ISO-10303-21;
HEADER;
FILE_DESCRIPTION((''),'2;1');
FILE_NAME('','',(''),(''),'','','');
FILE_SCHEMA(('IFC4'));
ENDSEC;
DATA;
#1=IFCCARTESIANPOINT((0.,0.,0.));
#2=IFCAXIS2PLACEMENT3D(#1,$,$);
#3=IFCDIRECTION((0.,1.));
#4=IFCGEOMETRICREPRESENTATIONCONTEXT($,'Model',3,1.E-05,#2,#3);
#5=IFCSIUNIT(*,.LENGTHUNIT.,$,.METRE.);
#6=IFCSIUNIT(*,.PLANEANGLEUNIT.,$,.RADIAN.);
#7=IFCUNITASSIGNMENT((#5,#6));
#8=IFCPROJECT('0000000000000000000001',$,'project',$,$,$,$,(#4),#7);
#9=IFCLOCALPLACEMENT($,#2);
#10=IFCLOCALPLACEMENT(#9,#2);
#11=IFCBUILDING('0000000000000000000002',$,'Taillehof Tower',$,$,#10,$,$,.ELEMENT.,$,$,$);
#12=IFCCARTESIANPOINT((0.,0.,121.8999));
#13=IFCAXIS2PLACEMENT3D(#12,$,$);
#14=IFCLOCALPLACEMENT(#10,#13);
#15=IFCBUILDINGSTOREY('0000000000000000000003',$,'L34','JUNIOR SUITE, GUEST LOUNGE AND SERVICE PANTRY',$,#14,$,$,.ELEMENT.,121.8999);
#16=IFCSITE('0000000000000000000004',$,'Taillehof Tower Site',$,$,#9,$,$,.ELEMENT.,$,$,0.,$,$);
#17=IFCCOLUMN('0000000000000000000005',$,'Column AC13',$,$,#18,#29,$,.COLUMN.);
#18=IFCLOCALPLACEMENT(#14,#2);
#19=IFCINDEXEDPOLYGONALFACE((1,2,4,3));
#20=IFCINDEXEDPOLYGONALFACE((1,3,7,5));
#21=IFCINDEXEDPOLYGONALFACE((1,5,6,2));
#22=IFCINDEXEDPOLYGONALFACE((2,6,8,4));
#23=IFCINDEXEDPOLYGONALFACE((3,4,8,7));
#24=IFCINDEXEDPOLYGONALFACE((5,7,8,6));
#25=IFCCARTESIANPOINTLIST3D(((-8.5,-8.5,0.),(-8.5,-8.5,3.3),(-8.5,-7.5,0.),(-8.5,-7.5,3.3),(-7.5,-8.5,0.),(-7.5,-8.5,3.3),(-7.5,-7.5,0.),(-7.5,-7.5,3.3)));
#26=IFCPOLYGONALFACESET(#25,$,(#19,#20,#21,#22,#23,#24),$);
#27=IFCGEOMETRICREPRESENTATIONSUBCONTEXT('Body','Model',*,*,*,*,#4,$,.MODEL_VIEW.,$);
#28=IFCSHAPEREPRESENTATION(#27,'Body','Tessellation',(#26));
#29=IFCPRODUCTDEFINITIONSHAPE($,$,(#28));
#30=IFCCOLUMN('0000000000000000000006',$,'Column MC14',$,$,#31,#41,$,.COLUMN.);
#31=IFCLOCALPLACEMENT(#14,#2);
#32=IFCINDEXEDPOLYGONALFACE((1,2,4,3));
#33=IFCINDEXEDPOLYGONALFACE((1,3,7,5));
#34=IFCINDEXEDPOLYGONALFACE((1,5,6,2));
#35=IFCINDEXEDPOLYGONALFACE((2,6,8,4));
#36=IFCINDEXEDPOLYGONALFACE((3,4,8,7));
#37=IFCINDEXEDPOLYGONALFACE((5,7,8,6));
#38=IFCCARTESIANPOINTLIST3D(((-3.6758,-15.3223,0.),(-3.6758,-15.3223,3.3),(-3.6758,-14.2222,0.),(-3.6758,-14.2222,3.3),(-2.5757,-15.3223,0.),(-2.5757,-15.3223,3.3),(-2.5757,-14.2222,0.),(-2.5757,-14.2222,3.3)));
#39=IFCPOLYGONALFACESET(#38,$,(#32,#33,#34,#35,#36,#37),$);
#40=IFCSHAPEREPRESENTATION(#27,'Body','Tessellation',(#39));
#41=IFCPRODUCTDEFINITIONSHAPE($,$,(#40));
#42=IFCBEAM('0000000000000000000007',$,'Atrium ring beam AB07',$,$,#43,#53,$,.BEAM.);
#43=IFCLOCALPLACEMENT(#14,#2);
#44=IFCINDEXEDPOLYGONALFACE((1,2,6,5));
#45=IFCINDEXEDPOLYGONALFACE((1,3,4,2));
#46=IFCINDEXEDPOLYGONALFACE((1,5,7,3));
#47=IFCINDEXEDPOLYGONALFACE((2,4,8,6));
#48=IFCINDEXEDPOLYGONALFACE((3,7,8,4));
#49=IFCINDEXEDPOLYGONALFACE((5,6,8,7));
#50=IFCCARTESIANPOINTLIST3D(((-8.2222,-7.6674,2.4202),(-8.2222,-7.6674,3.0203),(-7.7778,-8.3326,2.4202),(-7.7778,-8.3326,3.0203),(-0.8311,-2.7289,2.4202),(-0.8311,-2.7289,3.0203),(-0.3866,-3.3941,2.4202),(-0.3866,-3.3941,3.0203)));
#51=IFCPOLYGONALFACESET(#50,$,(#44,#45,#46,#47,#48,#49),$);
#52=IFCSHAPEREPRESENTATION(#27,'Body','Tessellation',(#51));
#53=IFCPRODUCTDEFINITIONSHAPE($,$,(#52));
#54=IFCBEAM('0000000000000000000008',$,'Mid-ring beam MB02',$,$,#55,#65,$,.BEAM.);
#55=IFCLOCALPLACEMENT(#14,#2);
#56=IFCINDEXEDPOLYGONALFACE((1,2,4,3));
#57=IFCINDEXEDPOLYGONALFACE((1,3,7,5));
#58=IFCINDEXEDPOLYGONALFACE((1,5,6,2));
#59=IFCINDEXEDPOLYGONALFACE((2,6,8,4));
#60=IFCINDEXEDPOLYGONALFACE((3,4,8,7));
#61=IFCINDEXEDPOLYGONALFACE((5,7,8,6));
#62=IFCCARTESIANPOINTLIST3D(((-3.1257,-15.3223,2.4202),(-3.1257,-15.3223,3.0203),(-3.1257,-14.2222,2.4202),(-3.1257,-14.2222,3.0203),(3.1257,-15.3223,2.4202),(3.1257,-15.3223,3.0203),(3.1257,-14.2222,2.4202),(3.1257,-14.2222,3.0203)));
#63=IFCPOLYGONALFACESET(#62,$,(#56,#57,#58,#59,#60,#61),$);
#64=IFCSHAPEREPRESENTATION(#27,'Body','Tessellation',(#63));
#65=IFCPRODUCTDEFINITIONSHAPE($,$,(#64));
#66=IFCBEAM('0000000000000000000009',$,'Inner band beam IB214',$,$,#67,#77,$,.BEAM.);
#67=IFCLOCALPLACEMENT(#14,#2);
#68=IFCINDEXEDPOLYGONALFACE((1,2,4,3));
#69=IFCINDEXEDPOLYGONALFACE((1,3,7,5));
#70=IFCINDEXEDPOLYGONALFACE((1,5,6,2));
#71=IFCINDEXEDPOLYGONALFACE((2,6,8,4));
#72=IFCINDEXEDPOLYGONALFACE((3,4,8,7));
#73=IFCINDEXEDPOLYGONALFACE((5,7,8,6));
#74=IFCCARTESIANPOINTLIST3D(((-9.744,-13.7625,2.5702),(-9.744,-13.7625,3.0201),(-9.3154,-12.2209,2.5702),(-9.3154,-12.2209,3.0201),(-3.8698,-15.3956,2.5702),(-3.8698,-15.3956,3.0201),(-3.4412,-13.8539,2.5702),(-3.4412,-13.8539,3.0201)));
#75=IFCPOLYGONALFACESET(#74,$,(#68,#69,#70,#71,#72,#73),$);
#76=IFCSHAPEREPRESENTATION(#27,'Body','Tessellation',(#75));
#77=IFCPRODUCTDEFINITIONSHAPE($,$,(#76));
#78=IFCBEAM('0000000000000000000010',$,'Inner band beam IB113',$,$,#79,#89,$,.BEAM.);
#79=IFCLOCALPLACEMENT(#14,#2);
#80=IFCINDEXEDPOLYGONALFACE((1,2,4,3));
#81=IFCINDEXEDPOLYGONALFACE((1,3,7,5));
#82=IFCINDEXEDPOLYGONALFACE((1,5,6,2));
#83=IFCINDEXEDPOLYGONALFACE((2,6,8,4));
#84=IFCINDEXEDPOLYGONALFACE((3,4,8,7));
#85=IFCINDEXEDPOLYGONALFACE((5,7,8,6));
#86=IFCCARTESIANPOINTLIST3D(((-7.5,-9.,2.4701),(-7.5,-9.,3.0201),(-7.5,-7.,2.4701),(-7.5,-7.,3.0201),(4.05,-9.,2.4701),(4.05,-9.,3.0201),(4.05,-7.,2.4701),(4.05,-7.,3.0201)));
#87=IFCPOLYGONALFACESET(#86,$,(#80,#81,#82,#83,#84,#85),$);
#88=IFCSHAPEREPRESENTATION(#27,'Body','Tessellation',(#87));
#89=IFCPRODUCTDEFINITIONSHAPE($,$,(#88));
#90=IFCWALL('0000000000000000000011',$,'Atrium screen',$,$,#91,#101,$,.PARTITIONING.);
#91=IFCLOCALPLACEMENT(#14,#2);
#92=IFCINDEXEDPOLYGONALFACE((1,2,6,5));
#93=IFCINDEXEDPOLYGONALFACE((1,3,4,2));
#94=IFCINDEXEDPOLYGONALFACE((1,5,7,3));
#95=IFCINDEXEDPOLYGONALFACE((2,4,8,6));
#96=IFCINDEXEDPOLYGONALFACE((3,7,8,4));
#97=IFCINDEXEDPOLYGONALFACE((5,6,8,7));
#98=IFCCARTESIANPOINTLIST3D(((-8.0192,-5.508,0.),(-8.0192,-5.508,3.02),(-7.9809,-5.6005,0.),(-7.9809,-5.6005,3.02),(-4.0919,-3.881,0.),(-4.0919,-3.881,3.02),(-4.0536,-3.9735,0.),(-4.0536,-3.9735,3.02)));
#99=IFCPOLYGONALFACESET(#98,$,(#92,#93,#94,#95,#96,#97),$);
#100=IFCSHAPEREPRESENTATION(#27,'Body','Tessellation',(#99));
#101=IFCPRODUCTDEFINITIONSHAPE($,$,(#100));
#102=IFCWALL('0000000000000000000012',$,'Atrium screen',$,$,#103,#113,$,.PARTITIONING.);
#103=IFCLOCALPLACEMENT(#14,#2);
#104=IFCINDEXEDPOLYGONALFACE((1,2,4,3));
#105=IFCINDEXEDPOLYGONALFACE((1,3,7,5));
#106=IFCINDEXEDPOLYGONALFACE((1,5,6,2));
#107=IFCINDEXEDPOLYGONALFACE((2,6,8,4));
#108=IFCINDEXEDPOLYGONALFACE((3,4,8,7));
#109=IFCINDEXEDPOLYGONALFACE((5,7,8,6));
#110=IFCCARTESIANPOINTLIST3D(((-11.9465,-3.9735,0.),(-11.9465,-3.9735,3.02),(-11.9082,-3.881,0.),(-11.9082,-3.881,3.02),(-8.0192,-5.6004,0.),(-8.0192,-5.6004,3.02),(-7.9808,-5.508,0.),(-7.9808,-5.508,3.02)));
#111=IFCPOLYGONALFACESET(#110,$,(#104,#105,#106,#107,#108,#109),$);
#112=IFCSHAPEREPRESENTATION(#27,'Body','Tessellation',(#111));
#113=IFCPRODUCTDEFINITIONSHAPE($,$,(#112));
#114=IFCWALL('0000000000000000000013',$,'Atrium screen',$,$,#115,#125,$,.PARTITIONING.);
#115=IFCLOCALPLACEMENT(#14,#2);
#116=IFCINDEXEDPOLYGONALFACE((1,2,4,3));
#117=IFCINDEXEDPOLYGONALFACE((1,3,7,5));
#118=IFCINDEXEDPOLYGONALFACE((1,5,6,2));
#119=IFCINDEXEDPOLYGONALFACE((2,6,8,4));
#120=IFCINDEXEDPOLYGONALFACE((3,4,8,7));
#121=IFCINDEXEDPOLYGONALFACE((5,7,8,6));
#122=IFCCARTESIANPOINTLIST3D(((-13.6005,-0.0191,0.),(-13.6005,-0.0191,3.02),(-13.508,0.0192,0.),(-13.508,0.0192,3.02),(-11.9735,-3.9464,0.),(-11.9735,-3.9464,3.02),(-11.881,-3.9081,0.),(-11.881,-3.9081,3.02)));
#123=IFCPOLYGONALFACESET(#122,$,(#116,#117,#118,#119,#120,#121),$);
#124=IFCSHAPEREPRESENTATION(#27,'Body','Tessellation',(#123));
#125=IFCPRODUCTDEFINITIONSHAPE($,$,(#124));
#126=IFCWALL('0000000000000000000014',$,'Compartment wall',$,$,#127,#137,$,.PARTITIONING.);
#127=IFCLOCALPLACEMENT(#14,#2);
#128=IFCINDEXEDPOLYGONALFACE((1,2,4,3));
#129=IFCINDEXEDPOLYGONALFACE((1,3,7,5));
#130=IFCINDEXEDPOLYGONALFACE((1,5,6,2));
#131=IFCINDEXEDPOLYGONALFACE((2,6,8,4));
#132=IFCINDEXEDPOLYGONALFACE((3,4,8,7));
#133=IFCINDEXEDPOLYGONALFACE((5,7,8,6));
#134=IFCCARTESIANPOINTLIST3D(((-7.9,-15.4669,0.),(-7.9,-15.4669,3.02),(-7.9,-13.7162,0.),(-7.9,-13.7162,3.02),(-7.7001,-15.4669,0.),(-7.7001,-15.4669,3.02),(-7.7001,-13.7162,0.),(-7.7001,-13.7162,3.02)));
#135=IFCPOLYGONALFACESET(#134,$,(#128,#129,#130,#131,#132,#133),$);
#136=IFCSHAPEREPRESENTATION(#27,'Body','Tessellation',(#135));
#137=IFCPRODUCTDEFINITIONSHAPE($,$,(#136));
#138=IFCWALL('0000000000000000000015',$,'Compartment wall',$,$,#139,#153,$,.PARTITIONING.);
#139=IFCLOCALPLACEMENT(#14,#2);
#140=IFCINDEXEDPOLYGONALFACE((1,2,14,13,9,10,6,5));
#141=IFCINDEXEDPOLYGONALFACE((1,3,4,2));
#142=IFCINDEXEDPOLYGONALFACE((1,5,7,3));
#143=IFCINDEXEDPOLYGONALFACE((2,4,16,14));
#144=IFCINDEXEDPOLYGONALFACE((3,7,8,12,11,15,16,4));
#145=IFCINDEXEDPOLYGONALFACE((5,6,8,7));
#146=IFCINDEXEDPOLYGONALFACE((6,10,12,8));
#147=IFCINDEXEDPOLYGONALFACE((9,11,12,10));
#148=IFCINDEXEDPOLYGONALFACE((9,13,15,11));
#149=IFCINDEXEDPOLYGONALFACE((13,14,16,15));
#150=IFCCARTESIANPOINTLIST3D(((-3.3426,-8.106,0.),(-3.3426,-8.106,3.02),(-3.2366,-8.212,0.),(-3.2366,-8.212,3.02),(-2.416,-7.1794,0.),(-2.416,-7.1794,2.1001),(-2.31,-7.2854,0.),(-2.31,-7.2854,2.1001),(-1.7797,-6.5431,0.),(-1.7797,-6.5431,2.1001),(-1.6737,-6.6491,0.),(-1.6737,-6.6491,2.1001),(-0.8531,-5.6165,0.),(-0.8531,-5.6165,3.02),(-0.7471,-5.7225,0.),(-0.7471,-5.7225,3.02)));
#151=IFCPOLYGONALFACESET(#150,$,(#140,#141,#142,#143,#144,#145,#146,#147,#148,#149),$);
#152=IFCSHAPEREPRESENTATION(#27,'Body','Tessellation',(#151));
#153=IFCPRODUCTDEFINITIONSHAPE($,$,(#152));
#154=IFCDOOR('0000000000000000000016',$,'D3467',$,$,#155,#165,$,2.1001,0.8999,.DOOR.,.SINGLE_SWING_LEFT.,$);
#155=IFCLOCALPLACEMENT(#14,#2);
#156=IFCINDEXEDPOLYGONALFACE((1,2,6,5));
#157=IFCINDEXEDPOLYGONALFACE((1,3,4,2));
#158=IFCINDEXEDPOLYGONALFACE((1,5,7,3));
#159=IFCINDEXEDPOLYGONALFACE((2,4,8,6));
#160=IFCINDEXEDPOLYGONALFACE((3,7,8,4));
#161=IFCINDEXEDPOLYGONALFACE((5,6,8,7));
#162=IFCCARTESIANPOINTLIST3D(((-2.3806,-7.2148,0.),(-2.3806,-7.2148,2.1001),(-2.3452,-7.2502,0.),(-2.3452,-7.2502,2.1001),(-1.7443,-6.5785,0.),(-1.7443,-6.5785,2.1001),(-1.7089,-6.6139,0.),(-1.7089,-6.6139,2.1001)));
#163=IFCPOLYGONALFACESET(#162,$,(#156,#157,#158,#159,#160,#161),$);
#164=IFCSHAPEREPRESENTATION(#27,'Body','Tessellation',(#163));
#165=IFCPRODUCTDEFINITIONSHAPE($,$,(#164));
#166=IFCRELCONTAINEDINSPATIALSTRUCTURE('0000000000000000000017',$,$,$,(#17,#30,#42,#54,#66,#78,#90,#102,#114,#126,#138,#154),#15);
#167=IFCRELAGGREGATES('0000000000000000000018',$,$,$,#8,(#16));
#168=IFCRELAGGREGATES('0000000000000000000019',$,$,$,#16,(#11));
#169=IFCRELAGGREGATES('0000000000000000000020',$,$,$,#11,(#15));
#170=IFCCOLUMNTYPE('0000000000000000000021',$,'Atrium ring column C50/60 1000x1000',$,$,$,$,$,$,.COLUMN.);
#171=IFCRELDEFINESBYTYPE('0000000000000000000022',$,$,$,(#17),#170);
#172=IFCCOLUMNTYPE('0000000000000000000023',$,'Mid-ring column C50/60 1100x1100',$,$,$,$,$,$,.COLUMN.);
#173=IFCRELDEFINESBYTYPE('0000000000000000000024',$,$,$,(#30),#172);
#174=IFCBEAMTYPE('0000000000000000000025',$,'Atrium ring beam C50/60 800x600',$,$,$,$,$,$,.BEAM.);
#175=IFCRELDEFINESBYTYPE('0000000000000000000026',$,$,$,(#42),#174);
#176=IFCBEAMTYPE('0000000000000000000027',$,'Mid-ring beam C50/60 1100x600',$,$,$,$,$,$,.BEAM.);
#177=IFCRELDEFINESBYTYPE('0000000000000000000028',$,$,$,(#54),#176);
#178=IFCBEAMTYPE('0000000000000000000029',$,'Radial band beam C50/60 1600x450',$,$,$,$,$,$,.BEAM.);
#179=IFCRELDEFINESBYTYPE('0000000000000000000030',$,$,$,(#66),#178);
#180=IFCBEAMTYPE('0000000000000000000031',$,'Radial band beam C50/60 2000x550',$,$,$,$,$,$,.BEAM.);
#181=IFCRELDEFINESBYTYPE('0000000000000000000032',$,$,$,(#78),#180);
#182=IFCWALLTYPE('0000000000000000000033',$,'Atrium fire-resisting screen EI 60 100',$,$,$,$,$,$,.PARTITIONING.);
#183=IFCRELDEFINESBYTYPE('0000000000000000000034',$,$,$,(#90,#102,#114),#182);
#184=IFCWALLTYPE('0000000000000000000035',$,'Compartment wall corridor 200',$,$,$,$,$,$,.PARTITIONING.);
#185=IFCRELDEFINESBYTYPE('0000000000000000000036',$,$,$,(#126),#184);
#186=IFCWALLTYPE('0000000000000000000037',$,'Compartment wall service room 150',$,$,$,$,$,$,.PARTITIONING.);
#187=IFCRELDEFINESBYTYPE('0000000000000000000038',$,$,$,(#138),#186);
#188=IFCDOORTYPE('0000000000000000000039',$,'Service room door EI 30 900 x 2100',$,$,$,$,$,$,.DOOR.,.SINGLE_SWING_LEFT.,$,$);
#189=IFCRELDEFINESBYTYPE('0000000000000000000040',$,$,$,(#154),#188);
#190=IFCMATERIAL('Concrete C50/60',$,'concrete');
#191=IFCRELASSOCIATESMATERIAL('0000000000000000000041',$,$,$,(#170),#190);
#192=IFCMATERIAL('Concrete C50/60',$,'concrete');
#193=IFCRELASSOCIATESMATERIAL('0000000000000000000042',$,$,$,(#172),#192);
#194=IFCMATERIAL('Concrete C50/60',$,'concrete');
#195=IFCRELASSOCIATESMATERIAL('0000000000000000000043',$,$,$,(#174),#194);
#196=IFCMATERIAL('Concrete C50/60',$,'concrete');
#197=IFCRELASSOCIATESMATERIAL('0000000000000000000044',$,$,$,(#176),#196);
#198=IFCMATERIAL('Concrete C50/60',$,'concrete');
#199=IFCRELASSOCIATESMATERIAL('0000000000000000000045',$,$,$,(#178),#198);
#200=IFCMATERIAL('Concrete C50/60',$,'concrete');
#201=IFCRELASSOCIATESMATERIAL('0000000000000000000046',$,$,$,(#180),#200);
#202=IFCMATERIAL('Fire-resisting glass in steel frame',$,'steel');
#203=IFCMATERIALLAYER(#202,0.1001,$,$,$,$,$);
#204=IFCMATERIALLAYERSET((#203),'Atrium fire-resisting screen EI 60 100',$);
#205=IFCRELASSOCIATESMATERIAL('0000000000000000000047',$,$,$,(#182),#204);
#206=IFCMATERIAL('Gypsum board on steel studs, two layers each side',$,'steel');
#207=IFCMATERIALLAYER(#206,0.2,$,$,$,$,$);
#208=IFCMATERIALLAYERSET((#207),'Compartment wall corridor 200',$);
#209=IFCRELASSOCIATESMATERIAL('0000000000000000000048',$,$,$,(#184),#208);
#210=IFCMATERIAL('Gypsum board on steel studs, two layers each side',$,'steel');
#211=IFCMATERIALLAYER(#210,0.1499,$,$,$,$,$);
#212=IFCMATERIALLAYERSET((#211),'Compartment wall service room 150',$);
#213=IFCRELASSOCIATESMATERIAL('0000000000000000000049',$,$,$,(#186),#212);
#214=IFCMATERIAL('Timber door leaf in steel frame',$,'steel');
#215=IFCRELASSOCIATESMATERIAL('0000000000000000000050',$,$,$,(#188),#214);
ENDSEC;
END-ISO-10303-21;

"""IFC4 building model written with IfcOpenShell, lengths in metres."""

from ifc_helpers import new_model, si_unit, direction, frame, frame_2d, origin, origin_2d, place, context, subcontext, project, spatial, rectangle, extrude, material, layer, layer_set, material_profile, profile_set, type_object, element, fill, save


model = new_model("IFC4")

# Units and contexts
model_context = context("Model", 3, precision=1e-05, world=origin(), true_north=direction((0.0, 1.0)))
body_context = subcontext(model_context, "Body", "Model", "MODEL_VIEW")
ifc_project = project(units=[si_unit("LENGTHUNIT", "METRE"), si_unit("PLANEANGLEUNIT", "RADIAN")], contexts=[model_context])

# Site, building, storey
site_placement = place(None, origin())
site = spatial("IfcSite", under=ifc_project, at=site_placement, Name="Taillehof Tower Site", CompositionType="ELEMENT", RefElevation=0.0)
building_placement = place(site_placement, origin())
building = spatial("IfcBuilding", under=site, at=building_placement, Name="Taillehof Tower", CompositionType="ELEMENT")
storey_placement = place(building_placement, frame((0.0, 0.0, 121.8999)))
storey = spatial("IfcBuildingStorey", under=building, at=storey_placement, Name="L34", Description="JUNIOR SUITE, GUEST LOUNGE AND SERVICE PANTRY", CompositionType="ELEMENT", Elevation=121.8999)

# Columns
ifc_material_1 = material(Name="Concrete C50/60", Category="concrete")
ifc_material_profile_1 = material_profile(ifc_material_1, rectangle(XDim=1.0, YDim=1.0, at=origin_2d()), Name="RC 1000x1000")
ifc_profile_set_1 = profile_set([ifc_material_profile_1], Name="Concrete C50/60")
column_type_1 = type_object("IfcColumnType", Name="Atrium ring column C50/60 1000x1000", PredefinedType="COLUMN", material=ifc_profile_set_1)
column_1_placement = place(storey_placement, frame((-8.0, -8.0, 0.0), z_axis=(0.0, 0.0, 1.0), x_axis=(1.0, 0.0, 0.0)))
element("IfcColumn", 1, at=column_1_placement, inside=storey, type_object=column_type_1, Name="Column AC13", PredefinedType="COLUMN", context=body_context, shape_type="SweptSolid", body=[
    extrude(rectangle(XDim=1.0, YDim=1.0, at=origin_2d()), origin(), (0.0, 0.0, 1.0), 3.3),
])
ifc_material_2 = material(Name="Concrete C50/60", Category="concrete")
ifc_material_profile_2 = material_profile(ifc_material_2, rectangle(XDim=1.1001, YDim=1.1001, at=origin_2d()), Name="RC 1100x1100")
ifc_profile_set_2 = profile_set([ifc_material_profile_2], Name="Concrete C50/60")
column_type_2 = type_object("IfcColumnType", Name="Mid-ring column C50/60 1100x1100", PredefinedType="COLUMN", material=ifc_profile_set_2)
column_2_placement = place(storey_placement, frame((-3.1257, -14.7722, 0.0), z_axis=(0.0, 0.0, 1.0), x_axis=(1.0, 0.0, 0.0)))
element("IfcColumn", 2, at=column_2_placement, inside=storey, type_object=column_type_2, Name="Column MC14", PredefinedType="COLUMN", context=body_context, shape_type="SweptSolid", body=[
    extrude(rectangle(XDim=1.1001, YDim=1.1001, at=origin_2d()), origin(), (0.0, 0.0, 1.0), 3.3),
])

# Beams
ifc_material_3 = material(Name="Concrete C50/60", Category="concrete")
ifc_material_profile_3 = material_profile(ifc_material_3, rectangle(XDim=0.8, YDim=0.6001, at=origin_2d()), Name="RC 800x600")
ifc_profile_set_3 = profile_set([ifc_material_profile_3], Name="Concrete C50/60")
beam_type_1 = type_object("IfcBeamType", Name="Atrium ring beam C50/60 800x600", PredefinedType="BEAM", material=ifc_profile_set_3)
beam_1_placement = place(storey_placement, frame((-8.0, -8.0, 2.7202), z_axis=(0.831475, 0.555562, 0.0), x_axis=(-0.555562, 0.831475, 0.0)))
element("IfcBeam", 3, at=beam_1_placement, inside=storey, type_object=beam_type_1, Name="Atrium ring beam AB07", PredefinedType="BEAM", context=body_context, shape_type="SweptSolid", body=[
    extrude(rectangle(XDim=0.8, YDim=0.6001, at=origin_2d()), origin(), (0.0, 0.0, 1.0), 8.8892),
])
ifc_material_4 = material(Name="Concrete C50/60", Category="concrete")
ifc_material_profile_4 = material_profile(ifc_material_4, rectangle(XDim=1.1001, YDim=0.6001, at=origin_2d()), Name="RC 1100x600")
ifc_profile_set_4 = profile_set([ifc_material_profile_4], Name="Concrete C50/60")
beam_type_2 = type_object("IfcBeamType", Name="Mid-ring beam C50/60 1100x600", PredefinedType="BEAM", material=ifc_profile_set_4)
beam_2_placement = place(storey_placement, frame((-3.1257, -14.7722, 2.7202), z_axis=(1.0, 0.0, 0.0), x_axis=(0.0, 1.0, 0.0)))
element("IfcBeam", 4, at=beam_2_placement, inside=storey, type_object=beam_type_2, Name="Mid-ring beam MB02", PredefinedType="BEAM", context=body_context, shape_type="SweptSolid", body=[
    extrude(rectangle(XDim=1.1001, YDim=0.6001, at=origin_2d()), origin(), (0.0, 0.0, 1.0), 6.2515),
])
ifc_material_5 = material(Name="Concrete C50/60", Category="concrete")
ifc_material_profile_5 = material_profile(ifc_material_5, rectangle(XDim=1.6001, YDim=0.45, at=origin_2d()), Name="RC 1600x450")
ifc_profile_set_5 = profile_set([ifc_material_profile_5], Name="Concrete C50/60")
beam_type_3 = type_object("IfcBeamType", Name="Radial band beam C50/60 1600x450", PredefinedType="BEAM", material=ifc_profile_set_5)
beam_3_placement = place(storey_placement, frame((-3.6555, -14.6248, 2.7952), z_axis=(-0.963459, 0.267855, 0.0), x_axis=(-0.267855, -0.963459, 0.0)))
element("IfcBeam", 5, at=beam_3_placement, inside=storey, type_object=beam_type_3, Name="Inner band beam IB214", PredefinedType="BEAM", context=body_context, shape_type="SweptSolid", body=[
    extrude(rectangle(XDim=1.6001, YDim=0.45, at=origin_2d()), origin(), (0.0, 0.0, 1.0), 6.0969),
])
ifc_material_6 = material(Name="Concrete C50/60", Category="concrete")
ifc_material_profile_6 = material_profile(ifc_material_6, rectangle(XDim=2.0, YDim=0.55, at=origin_2d()), Name="RC 2000x550")
ifc_profile_set_6 = profile_set([ifc_material_profile_6], Name="Concrete C50/60")
beam_type_4 = type_object("IfcBeamType", Name="Radial band beam C50/60 2000x550", PredefinedType="BEAM", material=ifc_profile_set_6)
beam_4_placement = place(storey_placement, frame((-7.5, -8.0, 2.7451), z_axis=(1.0, 0.0, 0.0), x_axis=(0.0, 1.0, 0.0)))
element("IfcBeam", 6, at=beam_4_placement, inside=storey, type_object=beam_type_4, Name="Inner band beam IB113", PredefinedType="BEAM", context=body_context, shape_type="SweptSolid", body=[
    extrude(rectangle(XDim=2.0, YDim=0.55, at=origin_2d()), origin(), (0.0, 0.0, 1.0), 11.55),
])

# Walls
ifc_material_7 = material(Name="Fire-resisting glass in steel frame", Category="steel")
ifc_layer_1 = layer(ifc_material_7, 0.1001)
ifc_layer_set_1 = layer_set([ifc_layer_1], Name="Atrium fire-resisting screen EI 60 100")
wall_type_1 = type_object("IfcWallType", Name="Atrium fire-resisting screen EI 60 100", PredefinedType="PARTITIONING", material=ifc_layer_set_1)
for number, where, z_axis, x_axis, name in (
    (7, (-4.0728, -3.9272, 0.0), (0.0, 0.0, 1.0), (-0.92386, -0.382731, 0.0), "Atrium screen"),
    (8, (-8.0, -5.5542, 0.0), (0.0, 0.0, 1.0), (-0.92386, 0.382731, 0.0), "Atrium screen"),
    (9, (-11.9272, -3.9272, 0.0), (0.0, 0.0, 1.0), (-0.382731, 0.92386, 0.0), "Atrium screen"),
):
    element("IfcWall", number, at=place(storey_placement, frame(where, z_axis=z_axis, x_axis=x_axis)), inside=storey, type_object=wall_type_1, Name=name, PredefinedType="PARTITIONING", context=body_context, shape_type="SweptSolid", body=[
        extrude(rectangle(XDim=4.251, YDim=0.1001, at=frame_2d((2.1255, 0.0))), origin(), (0.0, 0.0, 1.0), 3.02),
    ])
ifc_material_8 = material(Name="Gypsum board on steel studs, two layers each side", Category="steel")
ifc_layer_2 = layer(ifc_material_8, 0.2)
ifc_layer_set_2 = layer_set([ifc_layer_2], Name="Compartment wall corridor 200")
wall_type_2 = type_object("IfcWallType", Name="Compartment wall corridor 200", PredefinedType="PARTITIONING", material=ifc_layer_set_2)
wall_1_placement = place(storey_placement, frame((-7.8, -13.7161, 0.0), z_axis=(0.0, 0.0, 1.0), x_axis=(0.0, -1.0, 0.0)))
element("IfcWall", 10, at=wall_1_placement, inside=storey, type_object=wall_type_2, Name="Compartment wall", PredefinedType="PARTITIONING", context=body_context, shape_type="SweptSolid", body=[
    extrude(rectangle(XDim=1.7507, YDim=0.2, at=frame_2d((0.8755, 0.0))), origin(), (0.0, 0.0, 1.0), 3.02),
])

# Wall, opening, door
ifc_material_9 = material(Name="Gypsum board on steel studs, two layers each side", Category="steel")
ifc_layer_3 = layer(ifc_material_9, 0.1499)
ifc_layer_set_3 = layer_set([ifc_layer_3], Name="Compartment wall service room 150")
wall_type_3 = type_object("IfcWallType", Name="Compartment wall service room 150", PredefinedType="PARTITIONING", material=ifc_layer_set_3)
wall_2_placement = place(storey_placement, frame((-3.2896, -8.1589, 0.0), z_axis=(0.0, 0.0, 1.0), x_axis=(0.707107, 0.707107, 0.0)))
wall_2 = element("IfcWall", 11, at=wall_2_placement, inside=storey, type_object=wall_type_3, Name="Compartment wall", PredefinedType="PARTITIONING", context=body_context, shape_type="SweptSolid", body=[
    extrude(rectangle(XDim=3.5208, YDim=0.1499, at=frame_2d((1.7603, 0.0))), origin(), (0.0, 0.0, 1.0), 3.02),
])
opening_1_placement = place(wall_2_placement, frame((1.3103, 0.0, 0.0)))
opening_1 = element("IfcOpeningElement", 12, at=opening_1_placement, cuts=wall_2, PredefinedType="OPENING", context=body_context, shape_type="SweptSolid", body=[
    extrude(rectangle(XDim=0.8999, YDim=2.1001, at=frame_2d((0.45, 1.05))), frame((0.0, 0.085, 0.0), z_axis=(0.0, -1.0, 0.0), x_axis=(1.0, 0.0, 0.0)), (0.0, 0.0, 1.0), 0.1699),
])
ifc_material_10 = material(Name="Timber door leaf in steel frame", Category="steel")
door_type_1 = type_object("IfcDoorType", Name="Service room door EI 30 900 x 2100", OperationType="SINGLE_SWING_LEFT", PredefinedType="DOOR", material=ifc_material_10)
door_1_placement = place(opening_1_placement, origin())
door_1 = element("IfcDoor", 13, at=door_1_placement, inside=storey, type_object=door_type_1, Name="D3467", OperationType="SINGLE_SWING_LEFT", OverallHeight=2.1001, OverallWidth=0.8999, PredefinedType="DOOR", context=body_context, shape_type="SweptSolid", body=[
    extrude(rectangle(XDim=0.8999, YDim=2.1001, at=frame_2d((0.45, 1.05))), frame((0.0, 0.0249, 0.0), z_axis=(0.0, -1.0, 0.0), x_axis=(1.0, 0.0, 0.0)), (0.0, 0.0, 1.0), 0.05),
])
fill(opening_1, door_1)

save(model, "model.ifc")
